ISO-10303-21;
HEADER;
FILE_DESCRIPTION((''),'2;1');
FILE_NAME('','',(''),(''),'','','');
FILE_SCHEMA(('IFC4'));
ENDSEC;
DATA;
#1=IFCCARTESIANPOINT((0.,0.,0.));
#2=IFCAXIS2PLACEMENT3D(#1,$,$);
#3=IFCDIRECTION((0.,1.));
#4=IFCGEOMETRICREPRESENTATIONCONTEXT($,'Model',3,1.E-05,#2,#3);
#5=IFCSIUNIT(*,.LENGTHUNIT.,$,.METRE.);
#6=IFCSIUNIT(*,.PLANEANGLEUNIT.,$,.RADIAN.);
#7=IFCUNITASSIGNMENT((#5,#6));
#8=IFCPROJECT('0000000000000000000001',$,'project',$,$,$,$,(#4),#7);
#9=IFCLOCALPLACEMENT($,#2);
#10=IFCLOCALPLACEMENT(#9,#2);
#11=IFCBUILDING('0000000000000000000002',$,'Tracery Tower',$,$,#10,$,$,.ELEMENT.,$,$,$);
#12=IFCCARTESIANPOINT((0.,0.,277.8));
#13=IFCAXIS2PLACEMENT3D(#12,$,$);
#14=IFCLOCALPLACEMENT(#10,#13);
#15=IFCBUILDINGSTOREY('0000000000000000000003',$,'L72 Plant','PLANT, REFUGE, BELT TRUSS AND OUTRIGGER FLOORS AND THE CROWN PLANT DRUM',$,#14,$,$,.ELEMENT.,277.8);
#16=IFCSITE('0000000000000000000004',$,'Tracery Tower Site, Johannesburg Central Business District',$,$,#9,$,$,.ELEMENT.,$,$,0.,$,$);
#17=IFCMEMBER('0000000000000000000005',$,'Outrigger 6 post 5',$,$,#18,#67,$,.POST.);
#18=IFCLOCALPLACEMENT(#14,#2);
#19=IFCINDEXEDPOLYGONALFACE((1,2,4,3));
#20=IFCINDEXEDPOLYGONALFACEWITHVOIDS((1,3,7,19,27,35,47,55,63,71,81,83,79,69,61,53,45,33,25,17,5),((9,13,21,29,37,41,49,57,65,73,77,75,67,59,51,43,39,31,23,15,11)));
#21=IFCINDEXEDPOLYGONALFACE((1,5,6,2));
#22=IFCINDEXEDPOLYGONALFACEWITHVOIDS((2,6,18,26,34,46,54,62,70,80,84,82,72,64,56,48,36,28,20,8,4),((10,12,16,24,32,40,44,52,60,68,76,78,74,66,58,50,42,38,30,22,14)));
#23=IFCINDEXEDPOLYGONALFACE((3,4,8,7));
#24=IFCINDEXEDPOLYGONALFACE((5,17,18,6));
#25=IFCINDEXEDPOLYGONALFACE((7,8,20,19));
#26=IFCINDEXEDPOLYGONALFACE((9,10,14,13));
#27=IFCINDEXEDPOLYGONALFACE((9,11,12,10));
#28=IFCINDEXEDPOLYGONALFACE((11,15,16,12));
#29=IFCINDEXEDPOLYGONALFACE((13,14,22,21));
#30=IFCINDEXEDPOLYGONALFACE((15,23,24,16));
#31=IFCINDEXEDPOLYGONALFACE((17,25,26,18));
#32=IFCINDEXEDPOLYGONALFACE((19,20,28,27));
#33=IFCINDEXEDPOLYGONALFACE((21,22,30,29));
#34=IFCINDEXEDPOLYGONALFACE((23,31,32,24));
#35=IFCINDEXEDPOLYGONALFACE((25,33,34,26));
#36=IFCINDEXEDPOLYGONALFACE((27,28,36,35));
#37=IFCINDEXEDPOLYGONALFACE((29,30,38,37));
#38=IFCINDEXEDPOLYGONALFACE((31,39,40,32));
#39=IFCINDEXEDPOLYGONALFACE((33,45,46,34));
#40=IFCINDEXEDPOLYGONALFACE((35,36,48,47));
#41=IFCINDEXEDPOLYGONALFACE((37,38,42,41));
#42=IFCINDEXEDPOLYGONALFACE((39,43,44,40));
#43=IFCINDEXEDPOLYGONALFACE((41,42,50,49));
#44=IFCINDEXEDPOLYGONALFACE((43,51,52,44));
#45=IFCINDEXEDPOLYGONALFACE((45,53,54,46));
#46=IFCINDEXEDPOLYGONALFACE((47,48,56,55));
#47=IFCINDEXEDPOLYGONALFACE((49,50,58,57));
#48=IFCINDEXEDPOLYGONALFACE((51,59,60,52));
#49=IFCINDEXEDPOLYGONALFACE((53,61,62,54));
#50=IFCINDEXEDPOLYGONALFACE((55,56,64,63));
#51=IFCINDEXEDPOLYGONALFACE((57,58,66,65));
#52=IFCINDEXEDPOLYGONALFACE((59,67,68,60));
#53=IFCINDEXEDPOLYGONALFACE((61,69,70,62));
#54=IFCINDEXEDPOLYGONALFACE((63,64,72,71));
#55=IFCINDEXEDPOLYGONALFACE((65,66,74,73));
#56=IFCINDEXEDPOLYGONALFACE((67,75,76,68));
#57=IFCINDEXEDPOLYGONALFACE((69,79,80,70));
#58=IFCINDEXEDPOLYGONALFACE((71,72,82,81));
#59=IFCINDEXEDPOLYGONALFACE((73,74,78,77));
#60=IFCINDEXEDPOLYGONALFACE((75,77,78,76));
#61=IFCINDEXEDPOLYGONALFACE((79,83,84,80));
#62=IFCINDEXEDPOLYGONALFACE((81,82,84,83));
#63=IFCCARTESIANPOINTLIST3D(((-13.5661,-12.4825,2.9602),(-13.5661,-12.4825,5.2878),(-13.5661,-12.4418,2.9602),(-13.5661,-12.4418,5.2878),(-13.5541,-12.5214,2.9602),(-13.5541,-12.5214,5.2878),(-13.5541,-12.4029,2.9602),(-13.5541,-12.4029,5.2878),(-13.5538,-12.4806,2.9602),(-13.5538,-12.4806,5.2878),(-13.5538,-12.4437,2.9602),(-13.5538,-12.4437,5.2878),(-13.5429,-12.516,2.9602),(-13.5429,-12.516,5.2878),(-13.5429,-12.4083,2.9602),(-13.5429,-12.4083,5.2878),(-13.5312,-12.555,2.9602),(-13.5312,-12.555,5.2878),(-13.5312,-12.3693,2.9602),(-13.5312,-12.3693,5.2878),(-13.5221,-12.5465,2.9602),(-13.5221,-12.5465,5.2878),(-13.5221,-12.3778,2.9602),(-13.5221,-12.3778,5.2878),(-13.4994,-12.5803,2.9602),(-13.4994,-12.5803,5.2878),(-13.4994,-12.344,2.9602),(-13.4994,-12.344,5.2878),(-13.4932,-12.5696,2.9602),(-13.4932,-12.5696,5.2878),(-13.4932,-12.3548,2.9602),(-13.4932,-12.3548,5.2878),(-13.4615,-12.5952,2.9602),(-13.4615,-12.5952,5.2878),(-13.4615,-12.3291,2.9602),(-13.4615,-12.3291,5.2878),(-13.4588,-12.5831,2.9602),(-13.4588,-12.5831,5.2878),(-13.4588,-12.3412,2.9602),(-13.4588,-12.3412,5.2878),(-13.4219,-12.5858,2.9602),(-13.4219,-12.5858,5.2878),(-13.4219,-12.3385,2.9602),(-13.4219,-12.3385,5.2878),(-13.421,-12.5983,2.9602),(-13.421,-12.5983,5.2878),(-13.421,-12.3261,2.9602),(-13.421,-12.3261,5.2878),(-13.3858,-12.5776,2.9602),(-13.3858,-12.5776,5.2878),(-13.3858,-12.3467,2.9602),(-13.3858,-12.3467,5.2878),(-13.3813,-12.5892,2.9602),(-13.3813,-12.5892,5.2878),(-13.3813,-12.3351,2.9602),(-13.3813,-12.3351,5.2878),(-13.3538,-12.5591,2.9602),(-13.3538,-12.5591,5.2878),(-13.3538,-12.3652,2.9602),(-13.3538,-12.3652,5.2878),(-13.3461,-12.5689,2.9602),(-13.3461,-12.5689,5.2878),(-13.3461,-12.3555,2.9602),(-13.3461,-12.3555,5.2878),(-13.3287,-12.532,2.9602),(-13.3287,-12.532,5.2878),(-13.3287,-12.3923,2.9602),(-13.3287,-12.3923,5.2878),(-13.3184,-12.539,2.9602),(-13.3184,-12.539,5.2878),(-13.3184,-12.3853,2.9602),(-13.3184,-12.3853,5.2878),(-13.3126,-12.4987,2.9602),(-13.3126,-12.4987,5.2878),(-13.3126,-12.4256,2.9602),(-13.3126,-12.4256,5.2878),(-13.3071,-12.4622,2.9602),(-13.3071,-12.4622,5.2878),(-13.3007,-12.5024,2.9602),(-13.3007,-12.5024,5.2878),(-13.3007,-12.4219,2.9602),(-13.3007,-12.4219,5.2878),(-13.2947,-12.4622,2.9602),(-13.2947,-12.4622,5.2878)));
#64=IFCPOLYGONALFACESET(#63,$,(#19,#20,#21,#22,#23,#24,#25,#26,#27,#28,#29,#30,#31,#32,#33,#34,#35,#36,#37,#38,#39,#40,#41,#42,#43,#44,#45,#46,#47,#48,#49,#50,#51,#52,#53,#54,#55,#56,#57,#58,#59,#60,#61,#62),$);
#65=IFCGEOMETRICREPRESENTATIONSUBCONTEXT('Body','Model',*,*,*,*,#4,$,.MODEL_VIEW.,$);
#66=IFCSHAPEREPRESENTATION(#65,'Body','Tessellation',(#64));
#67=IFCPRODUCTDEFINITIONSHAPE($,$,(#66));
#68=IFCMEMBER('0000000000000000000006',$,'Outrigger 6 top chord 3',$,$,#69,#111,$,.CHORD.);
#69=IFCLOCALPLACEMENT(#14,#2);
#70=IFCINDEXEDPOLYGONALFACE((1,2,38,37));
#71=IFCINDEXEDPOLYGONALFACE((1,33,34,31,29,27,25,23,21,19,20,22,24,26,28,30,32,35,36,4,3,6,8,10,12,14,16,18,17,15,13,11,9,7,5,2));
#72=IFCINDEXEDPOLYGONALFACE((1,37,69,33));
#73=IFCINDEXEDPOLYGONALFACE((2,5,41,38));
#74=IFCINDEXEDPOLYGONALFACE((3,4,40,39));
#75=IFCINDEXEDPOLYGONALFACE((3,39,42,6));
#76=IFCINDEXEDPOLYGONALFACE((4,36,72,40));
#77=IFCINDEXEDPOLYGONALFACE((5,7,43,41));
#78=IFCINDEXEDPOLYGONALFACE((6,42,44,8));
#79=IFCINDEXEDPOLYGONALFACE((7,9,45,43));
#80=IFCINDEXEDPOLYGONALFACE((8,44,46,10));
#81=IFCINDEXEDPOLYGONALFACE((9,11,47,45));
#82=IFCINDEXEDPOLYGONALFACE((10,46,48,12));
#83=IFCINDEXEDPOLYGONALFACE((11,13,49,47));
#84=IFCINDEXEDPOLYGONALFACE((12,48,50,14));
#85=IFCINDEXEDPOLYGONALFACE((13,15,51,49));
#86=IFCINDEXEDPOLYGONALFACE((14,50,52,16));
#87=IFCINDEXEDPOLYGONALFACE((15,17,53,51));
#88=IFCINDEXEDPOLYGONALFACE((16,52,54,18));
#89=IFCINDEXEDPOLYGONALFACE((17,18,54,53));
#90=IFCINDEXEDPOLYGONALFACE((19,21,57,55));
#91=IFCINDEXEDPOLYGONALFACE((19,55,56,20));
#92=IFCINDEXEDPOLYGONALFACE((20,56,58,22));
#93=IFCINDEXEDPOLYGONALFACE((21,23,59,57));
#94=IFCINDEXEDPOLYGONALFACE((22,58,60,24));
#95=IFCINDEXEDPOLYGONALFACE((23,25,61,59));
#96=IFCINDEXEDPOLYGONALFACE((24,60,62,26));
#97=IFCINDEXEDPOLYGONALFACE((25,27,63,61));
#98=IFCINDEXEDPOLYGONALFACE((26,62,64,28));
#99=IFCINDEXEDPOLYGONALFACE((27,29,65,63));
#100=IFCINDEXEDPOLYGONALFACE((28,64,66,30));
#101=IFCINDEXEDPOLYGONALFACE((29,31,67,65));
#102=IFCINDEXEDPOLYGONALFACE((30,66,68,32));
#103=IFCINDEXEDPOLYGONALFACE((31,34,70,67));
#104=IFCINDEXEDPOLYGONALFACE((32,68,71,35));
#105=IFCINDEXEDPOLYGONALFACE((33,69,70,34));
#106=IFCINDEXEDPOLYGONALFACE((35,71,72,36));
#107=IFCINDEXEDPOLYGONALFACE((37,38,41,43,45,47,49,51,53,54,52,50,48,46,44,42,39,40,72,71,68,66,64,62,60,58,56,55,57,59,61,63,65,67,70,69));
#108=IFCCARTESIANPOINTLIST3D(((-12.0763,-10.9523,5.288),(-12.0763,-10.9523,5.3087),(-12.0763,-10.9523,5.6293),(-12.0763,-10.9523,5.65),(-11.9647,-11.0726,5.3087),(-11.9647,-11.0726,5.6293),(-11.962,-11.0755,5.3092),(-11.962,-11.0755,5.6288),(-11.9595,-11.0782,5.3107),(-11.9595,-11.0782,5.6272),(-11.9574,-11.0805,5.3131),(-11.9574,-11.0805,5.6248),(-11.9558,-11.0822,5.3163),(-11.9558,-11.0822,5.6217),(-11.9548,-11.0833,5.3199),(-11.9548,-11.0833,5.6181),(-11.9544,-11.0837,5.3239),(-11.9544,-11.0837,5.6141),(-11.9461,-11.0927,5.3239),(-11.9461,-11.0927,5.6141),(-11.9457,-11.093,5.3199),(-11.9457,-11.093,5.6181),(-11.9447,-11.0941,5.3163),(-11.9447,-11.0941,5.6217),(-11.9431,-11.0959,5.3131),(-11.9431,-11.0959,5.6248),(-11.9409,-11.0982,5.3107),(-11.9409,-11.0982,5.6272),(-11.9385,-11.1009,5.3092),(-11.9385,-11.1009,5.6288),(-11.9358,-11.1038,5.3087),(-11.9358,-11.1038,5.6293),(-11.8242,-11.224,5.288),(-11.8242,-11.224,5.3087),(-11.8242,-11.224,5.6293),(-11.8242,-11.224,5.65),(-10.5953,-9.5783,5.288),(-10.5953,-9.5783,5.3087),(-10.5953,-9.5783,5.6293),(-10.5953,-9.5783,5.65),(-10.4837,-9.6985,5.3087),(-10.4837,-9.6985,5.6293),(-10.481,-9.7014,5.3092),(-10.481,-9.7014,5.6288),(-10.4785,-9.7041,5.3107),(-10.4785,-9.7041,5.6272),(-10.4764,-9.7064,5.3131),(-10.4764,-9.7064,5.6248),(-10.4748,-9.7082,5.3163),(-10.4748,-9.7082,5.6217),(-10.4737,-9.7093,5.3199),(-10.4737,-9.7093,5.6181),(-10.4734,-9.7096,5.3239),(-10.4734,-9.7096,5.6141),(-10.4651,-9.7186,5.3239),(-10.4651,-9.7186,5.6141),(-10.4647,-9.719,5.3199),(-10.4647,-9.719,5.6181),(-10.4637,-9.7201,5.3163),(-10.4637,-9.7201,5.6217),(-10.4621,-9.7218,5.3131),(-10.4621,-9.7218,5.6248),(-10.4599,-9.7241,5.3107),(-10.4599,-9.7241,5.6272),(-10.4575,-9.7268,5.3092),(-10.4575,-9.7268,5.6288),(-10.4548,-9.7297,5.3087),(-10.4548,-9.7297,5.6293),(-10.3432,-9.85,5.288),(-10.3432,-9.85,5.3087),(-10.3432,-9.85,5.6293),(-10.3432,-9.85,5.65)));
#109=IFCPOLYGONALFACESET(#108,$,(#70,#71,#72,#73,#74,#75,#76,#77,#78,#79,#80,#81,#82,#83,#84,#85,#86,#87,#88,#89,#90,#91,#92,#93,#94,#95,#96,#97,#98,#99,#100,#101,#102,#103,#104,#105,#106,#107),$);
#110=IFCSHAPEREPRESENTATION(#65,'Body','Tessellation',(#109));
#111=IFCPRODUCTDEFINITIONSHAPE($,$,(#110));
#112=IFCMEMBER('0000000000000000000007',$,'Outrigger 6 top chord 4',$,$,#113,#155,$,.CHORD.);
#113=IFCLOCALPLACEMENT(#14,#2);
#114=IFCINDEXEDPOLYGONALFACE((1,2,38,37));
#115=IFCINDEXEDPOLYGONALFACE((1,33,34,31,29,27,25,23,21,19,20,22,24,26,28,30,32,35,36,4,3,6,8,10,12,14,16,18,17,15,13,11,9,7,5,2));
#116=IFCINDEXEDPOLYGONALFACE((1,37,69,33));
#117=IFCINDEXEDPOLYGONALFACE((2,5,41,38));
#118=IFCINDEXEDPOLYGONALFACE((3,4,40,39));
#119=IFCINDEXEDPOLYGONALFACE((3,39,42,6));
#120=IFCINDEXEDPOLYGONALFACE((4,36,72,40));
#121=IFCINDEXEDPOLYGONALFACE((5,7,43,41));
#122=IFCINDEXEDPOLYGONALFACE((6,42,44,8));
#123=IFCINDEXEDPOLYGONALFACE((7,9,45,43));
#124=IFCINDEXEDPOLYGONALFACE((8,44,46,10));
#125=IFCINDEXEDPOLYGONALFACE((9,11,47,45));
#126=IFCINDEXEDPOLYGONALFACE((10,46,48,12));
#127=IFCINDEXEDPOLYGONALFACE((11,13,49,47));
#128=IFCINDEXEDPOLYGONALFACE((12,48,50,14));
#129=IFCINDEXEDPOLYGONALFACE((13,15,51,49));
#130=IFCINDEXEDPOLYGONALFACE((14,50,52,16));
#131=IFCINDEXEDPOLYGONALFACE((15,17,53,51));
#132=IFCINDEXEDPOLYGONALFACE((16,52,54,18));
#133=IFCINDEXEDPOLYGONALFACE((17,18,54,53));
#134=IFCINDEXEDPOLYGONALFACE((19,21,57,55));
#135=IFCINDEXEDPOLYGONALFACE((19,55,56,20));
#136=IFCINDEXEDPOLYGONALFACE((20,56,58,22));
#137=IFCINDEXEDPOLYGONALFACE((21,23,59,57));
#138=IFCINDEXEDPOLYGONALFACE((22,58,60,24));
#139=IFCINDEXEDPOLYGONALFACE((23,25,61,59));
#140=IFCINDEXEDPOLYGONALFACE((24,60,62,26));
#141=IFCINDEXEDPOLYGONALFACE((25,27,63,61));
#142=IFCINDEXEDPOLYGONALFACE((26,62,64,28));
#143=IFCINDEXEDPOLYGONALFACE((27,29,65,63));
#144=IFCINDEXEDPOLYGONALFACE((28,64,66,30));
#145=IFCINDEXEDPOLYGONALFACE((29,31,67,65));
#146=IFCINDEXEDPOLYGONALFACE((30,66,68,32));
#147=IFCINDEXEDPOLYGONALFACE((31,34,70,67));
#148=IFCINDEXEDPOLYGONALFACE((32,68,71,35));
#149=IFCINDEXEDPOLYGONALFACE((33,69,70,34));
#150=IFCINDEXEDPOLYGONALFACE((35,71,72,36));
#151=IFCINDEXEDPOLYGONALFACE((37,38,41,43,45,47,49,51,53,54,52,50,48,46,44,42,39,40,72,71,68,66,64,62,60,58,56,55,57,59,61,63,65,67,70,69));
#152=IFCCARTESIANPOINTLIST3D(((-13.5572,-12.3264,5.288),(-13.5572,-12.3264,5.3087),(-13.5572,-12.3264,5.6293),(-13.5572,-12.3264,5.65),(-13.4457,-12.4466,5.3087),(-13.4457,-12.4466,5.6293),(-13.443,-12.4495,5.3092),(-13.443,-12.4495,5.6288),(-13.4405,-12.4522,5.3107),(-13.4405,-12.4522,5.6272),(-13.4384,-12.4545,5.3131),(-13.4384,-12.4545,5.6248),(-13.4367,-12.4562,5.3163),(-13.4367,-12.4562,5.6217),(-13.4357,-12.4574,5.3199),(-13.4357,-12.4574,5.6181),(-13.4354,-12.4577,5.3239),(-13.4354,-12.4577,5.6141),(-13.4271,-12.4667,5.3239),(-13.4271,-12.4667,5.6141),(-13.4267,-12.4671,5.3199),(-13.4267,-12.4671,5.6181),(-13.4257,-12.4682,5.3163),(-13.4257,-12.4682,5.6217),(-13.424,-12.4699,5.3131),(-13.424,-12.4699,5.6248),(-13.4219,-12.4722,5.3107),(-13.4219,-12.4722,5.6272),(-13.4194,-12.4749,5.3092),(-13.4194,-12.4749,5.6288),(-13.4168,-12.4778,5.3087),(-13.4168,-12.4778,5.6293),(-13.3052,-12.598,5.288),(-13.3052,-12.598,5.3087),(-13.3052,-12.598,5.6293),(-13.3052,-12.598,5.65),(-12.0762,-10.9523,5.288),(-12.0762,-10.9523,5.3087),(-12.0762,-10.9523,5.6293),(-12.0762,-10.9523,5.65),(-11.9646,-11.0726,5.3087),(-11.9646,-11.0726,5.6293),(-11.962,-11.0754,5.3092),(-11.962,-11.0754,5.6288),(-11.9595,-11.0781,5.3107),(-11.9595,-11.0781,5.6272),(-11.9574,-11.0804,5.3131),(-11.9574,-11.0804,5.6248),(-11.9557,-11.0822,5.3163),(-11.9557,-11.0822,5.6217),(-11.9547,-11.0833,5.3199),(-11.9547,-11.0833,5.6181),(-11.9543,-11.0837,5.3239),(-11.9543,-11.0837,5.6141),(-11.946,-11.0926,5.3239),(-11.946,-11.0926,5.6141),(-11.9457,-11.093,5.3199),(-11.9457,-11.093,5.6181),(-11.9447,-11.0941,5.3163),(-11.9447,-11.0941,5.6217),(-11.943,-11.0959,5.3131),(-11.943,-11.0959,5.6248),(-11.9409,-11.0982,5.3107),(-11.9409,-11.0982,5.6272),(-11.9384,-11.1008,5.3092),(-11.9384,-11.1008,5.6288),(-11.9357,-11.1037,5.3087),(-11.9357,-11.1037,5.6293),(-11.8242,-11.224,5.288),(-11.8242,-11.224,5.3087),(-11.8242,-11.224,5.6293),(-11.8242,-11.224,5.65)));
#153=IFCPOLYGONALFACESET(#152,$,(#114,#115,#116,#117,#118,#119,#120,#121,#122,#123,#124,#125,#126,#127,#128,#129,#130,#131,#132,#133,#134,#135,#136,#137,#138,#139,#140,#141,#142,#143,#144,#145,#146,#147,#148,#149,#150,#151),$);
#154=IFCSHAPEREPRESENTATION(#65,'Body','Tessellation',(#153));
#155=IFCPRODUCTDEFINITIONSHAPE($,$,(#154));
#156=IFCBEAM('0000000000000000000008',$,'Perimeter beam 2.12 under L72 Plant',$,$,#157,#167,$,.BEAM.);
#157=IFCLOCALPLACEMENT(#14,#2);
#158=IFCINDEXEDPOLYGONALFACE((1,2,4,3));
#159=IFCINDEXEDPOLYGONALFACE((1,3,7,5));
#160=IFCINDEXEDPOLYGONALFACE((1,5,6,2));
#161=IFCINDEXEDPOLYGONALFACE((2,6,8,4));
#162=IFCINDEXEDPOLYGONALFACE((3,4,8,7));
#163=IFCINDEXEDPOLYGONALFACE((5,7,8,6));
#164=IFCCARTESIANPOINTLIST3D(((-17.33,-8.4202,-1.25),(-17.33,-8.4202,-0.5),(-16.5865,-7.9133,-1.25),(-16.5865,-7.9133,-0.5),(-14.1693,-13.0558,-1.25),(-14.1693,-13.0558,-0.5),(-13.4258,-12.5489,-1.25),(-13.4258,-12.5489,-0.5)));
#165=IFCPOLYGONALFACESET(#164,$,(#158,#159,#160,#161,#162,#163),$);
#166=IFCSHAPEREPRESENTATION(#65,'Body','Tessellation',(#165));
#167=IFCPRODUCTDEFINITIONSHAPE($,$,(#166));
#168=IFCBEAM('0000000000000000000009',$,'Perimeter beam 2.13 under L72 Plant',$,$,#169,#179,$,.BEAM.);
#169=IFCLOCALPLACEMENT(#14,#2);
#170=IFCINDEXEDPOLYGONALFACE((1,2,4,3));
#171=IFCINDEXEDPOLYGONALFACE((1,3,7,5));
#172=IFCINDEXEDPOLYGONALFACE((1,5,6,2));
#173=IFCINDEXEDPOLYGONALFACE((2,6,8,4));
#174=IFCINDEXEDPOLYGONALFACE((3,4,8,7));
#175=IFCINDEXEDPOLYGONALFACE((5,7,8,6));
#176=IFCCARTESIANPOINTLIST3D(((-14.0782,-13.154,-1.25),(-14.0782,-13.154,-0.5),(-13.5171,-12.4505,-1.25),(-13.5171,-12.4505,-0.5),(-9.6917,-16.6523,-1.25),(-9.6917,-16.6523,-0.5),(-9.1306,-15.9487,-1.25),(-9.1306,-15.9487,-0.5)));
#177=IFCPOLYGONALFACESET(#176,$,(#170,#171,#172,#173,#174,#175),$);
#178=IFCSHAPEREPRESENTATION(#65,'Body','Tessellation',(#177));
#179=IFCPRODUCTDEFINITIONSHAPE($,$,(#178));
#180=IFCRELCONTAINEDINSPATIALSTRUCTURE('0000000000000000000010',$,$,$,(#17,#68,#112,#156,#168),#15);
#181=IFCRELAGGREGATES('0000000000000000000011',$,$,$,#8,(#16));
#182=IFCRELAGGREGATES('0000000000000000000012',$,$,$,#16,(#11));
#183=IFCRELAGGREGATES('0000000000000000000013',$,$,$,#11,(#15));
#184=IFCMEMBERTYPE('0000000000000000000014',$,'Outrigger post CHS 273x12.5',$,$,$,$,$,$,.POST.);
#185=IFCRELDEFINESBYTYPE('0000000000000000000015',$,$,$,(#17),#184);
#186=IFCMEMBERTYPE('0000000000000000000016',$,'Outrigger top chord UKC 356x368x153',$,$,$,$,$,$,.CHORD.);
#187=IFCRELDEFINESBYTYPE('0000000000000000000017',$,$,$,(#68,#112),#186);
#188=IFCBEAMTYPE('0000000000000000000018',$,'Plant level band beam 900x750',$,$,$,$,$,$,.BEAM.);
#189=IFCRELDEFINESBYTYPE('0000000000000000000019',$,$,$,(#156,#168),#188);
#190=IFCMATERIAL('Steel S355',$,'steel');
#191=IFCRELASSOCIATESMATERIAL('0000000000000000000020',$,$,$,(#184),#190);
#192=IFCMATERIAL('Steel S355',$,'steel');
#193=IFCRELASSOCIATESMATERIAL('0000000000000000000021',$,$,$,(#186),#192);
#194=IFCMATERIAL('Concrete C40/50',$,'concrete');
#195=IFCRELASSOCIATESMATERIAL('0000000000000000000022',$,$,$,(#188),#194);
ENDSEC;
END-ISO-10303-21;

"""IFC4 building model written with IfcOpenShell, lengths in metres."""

from ifc_helpers import new_model, si_unit, direction, frame, origin, origin_2d, place, context, subcontext, project, spatial, rectangle, hollow_circle, i_section, extrude, material, material_profile, profile_set, type_object, element, save


model = new_model("IFC4")

# Units and contexts
model_context = context("Model", 3, precision=1e-05, world=origin(), true_north=direction((0.0, 1.0)))
body_context = subcontext(model_context, "Body", "Model", "MODEL_VIEW")
ifc_project = project(units=[si_unit("LENGTHUNIT", "METRE"), si_unit("PLANEANGLEUNIT", "RADIAN")], contexts=[model_context])

# Site, building, storey
site_placement = place(None, origin())
site = spatial("IfcSite", under=ifc_project, at=site_placement, Name="Tracery Tower Site, Johannesburg Central Business District", CompositionType="ELEMENT", RefElevation=0.0)
building_placement = place(site_placement, origin())
building = spatial("IfcBuilding", under=site, at=building_placement, Name="Tracery Tower", CompositionType="ELEMENT")
storey_placement = place(building_placement, frame((0.0, 0.0, 277.8)))
storey = spatial("IfcBuildingStorey", under=building, at=storey_placement, Name="L72 Plant", Description="PLANT, REFUGE, BELT TRUSS AND OUTRIGGER FLOORS AND THE CROWN PLANT DRUM", CompositionType="ELEMENT", Elevation=277.8)

# Members
ifc_material_1 = material(Name="Steel S355", Category="steel")
ifc_material_profile_1 = material_profile(ifc_material_1, hollow_circle(Radius=0.1365, WallThickness=0.0125, at=origin_2d()), Name="CHS 273x12.5")
ifc_profile_set_1 = profile_set([ifc_material_profile_1], Name="Steel S355")
member_type_1 = type_object("IfcMemberType", Name="Outrigger post CHS 273x12.5", PredefinedType="POST", material=ifc_profile_set_1)
for number, where, z_axis, x_axis, name in (
    (1, (-13.4312, -12.4622, 2.9602), (0.0, 0.0, 1.0), (1.0, 0.0, 0.0), "Outrigger 6 post 5"),
):
    element("IfcMember", number, at=place(storey_placement, frame(where, z_axis=z_axis, x_axis=x_axis)), inside=storey, type_object=member_type_1, Name=name, PredefinedType="POST", context=body_context, shape_type="SweptSolid", body=[
        extrude(hollow_circle(Radius=0.1365, WallThickness=0.0125, at=origin_2d()), origin(), (0.0, 0.0, 1.0), 2.3276),
    ])
ifc_material_2 = material(Name="Steel S355", Category="steel")
ifc_material_profile_2 = material_profile(ifc_material_2, i_section(OverallWidth=0.3706, OverallDepth=0.3621, WebThickness=0.0122, FlangeThickness=0.0208, FilletRadius=0.0151, at=origin_2d()), Name="UKC 356x368x153")
ifc_profile_set_2 = profile_set([ifc_material_profile_2], Name="Steel S355")
member_type_2 = type_object("IfcMemberType", Name="Outrigger top chord UKC 356x368x153", PredefinedType="CHORD", material=ifc_profile_set_2)
for number, where, z_axis, x_axis, name in (
    (2, (-10.4692, -9.7141, 5.469), (-0.733078, -0.680145, 0.0), (0.680145, -0.733078, 0.0), "Outrigger 6 top chord 3"),
    (3, (-11.9502, -11.0881, 5.469), (-0.733078, -0.680145, 0.0), (0.680145, -0.733078, 0.0), "Outrigger 6 top chord 4"),
):
    element("IfcMember", number, at=place(storey_placement, frame(where, z_axis=z_axis, x_axis=x_axis)), inside=storey, type_object=member_type_2, Name=name, PredefinedType="CHORD", context=body_context, shape_type="SweptSolid", body=[
        extrude(i_section(OverallWidth=0.3706, OverallDepth=0.3621, WebThickness=0.0122, FlangeThickness=0.0208, FilletRadius=0.0151, at=origin_2d()), origin(), (0.0, 0.0, 1.0), 2.0203),
    ])

# Beams
ifc_material_3 = material(Name="Concrete C40/50", Category="concrete")
ifc_material_profile_3 = material_profile(ifc_material_3, rectangle(XDim=0.8999, YDim=0.75, at=origin_2d()), Name="RC 900x750")
ifc_profile_set_3 = profile_set([ifc_material_profile_3], Name="Concrete C40/50")
beam_type = type_object("IfcBeamType", Name="Plant level band beam 900x750", PredefinedType="BEAM", material=ifc_profile_set_3)
for number, where, z_axis, x_axis, name in (
    (4, (-16.9583, -8.1667, -0.875), (0.563346, -0.826221, 0.0), (0.826221, 0.563346, 0.0), "Perimeter beam 2.12 under L72 Plant"),
    (5, (-13.7976, -12.8022, -0.875), (0.781815, -0.623511, 0.0), (0.623511, 0.781815, 0.0), "Perimeter beam 2.13 under L72 Plant"),
):
    element("IfcBeam", number, at=place(storey_placement, frame(where, z_axis=z_axis, x_axis=x_axis)), inside=storey, type_object=beam_type, Name=name, PredefinedType="BEAM", context=body_context, shape_type="SweptSolid", body=[
        extrude(rectangle(XDim=0.8999, YDim=0.75, at=origin_2d()), origin(), (0.0, 0.0, 1.0), 5.6106),
    ])

save(model, "model.ifc")
